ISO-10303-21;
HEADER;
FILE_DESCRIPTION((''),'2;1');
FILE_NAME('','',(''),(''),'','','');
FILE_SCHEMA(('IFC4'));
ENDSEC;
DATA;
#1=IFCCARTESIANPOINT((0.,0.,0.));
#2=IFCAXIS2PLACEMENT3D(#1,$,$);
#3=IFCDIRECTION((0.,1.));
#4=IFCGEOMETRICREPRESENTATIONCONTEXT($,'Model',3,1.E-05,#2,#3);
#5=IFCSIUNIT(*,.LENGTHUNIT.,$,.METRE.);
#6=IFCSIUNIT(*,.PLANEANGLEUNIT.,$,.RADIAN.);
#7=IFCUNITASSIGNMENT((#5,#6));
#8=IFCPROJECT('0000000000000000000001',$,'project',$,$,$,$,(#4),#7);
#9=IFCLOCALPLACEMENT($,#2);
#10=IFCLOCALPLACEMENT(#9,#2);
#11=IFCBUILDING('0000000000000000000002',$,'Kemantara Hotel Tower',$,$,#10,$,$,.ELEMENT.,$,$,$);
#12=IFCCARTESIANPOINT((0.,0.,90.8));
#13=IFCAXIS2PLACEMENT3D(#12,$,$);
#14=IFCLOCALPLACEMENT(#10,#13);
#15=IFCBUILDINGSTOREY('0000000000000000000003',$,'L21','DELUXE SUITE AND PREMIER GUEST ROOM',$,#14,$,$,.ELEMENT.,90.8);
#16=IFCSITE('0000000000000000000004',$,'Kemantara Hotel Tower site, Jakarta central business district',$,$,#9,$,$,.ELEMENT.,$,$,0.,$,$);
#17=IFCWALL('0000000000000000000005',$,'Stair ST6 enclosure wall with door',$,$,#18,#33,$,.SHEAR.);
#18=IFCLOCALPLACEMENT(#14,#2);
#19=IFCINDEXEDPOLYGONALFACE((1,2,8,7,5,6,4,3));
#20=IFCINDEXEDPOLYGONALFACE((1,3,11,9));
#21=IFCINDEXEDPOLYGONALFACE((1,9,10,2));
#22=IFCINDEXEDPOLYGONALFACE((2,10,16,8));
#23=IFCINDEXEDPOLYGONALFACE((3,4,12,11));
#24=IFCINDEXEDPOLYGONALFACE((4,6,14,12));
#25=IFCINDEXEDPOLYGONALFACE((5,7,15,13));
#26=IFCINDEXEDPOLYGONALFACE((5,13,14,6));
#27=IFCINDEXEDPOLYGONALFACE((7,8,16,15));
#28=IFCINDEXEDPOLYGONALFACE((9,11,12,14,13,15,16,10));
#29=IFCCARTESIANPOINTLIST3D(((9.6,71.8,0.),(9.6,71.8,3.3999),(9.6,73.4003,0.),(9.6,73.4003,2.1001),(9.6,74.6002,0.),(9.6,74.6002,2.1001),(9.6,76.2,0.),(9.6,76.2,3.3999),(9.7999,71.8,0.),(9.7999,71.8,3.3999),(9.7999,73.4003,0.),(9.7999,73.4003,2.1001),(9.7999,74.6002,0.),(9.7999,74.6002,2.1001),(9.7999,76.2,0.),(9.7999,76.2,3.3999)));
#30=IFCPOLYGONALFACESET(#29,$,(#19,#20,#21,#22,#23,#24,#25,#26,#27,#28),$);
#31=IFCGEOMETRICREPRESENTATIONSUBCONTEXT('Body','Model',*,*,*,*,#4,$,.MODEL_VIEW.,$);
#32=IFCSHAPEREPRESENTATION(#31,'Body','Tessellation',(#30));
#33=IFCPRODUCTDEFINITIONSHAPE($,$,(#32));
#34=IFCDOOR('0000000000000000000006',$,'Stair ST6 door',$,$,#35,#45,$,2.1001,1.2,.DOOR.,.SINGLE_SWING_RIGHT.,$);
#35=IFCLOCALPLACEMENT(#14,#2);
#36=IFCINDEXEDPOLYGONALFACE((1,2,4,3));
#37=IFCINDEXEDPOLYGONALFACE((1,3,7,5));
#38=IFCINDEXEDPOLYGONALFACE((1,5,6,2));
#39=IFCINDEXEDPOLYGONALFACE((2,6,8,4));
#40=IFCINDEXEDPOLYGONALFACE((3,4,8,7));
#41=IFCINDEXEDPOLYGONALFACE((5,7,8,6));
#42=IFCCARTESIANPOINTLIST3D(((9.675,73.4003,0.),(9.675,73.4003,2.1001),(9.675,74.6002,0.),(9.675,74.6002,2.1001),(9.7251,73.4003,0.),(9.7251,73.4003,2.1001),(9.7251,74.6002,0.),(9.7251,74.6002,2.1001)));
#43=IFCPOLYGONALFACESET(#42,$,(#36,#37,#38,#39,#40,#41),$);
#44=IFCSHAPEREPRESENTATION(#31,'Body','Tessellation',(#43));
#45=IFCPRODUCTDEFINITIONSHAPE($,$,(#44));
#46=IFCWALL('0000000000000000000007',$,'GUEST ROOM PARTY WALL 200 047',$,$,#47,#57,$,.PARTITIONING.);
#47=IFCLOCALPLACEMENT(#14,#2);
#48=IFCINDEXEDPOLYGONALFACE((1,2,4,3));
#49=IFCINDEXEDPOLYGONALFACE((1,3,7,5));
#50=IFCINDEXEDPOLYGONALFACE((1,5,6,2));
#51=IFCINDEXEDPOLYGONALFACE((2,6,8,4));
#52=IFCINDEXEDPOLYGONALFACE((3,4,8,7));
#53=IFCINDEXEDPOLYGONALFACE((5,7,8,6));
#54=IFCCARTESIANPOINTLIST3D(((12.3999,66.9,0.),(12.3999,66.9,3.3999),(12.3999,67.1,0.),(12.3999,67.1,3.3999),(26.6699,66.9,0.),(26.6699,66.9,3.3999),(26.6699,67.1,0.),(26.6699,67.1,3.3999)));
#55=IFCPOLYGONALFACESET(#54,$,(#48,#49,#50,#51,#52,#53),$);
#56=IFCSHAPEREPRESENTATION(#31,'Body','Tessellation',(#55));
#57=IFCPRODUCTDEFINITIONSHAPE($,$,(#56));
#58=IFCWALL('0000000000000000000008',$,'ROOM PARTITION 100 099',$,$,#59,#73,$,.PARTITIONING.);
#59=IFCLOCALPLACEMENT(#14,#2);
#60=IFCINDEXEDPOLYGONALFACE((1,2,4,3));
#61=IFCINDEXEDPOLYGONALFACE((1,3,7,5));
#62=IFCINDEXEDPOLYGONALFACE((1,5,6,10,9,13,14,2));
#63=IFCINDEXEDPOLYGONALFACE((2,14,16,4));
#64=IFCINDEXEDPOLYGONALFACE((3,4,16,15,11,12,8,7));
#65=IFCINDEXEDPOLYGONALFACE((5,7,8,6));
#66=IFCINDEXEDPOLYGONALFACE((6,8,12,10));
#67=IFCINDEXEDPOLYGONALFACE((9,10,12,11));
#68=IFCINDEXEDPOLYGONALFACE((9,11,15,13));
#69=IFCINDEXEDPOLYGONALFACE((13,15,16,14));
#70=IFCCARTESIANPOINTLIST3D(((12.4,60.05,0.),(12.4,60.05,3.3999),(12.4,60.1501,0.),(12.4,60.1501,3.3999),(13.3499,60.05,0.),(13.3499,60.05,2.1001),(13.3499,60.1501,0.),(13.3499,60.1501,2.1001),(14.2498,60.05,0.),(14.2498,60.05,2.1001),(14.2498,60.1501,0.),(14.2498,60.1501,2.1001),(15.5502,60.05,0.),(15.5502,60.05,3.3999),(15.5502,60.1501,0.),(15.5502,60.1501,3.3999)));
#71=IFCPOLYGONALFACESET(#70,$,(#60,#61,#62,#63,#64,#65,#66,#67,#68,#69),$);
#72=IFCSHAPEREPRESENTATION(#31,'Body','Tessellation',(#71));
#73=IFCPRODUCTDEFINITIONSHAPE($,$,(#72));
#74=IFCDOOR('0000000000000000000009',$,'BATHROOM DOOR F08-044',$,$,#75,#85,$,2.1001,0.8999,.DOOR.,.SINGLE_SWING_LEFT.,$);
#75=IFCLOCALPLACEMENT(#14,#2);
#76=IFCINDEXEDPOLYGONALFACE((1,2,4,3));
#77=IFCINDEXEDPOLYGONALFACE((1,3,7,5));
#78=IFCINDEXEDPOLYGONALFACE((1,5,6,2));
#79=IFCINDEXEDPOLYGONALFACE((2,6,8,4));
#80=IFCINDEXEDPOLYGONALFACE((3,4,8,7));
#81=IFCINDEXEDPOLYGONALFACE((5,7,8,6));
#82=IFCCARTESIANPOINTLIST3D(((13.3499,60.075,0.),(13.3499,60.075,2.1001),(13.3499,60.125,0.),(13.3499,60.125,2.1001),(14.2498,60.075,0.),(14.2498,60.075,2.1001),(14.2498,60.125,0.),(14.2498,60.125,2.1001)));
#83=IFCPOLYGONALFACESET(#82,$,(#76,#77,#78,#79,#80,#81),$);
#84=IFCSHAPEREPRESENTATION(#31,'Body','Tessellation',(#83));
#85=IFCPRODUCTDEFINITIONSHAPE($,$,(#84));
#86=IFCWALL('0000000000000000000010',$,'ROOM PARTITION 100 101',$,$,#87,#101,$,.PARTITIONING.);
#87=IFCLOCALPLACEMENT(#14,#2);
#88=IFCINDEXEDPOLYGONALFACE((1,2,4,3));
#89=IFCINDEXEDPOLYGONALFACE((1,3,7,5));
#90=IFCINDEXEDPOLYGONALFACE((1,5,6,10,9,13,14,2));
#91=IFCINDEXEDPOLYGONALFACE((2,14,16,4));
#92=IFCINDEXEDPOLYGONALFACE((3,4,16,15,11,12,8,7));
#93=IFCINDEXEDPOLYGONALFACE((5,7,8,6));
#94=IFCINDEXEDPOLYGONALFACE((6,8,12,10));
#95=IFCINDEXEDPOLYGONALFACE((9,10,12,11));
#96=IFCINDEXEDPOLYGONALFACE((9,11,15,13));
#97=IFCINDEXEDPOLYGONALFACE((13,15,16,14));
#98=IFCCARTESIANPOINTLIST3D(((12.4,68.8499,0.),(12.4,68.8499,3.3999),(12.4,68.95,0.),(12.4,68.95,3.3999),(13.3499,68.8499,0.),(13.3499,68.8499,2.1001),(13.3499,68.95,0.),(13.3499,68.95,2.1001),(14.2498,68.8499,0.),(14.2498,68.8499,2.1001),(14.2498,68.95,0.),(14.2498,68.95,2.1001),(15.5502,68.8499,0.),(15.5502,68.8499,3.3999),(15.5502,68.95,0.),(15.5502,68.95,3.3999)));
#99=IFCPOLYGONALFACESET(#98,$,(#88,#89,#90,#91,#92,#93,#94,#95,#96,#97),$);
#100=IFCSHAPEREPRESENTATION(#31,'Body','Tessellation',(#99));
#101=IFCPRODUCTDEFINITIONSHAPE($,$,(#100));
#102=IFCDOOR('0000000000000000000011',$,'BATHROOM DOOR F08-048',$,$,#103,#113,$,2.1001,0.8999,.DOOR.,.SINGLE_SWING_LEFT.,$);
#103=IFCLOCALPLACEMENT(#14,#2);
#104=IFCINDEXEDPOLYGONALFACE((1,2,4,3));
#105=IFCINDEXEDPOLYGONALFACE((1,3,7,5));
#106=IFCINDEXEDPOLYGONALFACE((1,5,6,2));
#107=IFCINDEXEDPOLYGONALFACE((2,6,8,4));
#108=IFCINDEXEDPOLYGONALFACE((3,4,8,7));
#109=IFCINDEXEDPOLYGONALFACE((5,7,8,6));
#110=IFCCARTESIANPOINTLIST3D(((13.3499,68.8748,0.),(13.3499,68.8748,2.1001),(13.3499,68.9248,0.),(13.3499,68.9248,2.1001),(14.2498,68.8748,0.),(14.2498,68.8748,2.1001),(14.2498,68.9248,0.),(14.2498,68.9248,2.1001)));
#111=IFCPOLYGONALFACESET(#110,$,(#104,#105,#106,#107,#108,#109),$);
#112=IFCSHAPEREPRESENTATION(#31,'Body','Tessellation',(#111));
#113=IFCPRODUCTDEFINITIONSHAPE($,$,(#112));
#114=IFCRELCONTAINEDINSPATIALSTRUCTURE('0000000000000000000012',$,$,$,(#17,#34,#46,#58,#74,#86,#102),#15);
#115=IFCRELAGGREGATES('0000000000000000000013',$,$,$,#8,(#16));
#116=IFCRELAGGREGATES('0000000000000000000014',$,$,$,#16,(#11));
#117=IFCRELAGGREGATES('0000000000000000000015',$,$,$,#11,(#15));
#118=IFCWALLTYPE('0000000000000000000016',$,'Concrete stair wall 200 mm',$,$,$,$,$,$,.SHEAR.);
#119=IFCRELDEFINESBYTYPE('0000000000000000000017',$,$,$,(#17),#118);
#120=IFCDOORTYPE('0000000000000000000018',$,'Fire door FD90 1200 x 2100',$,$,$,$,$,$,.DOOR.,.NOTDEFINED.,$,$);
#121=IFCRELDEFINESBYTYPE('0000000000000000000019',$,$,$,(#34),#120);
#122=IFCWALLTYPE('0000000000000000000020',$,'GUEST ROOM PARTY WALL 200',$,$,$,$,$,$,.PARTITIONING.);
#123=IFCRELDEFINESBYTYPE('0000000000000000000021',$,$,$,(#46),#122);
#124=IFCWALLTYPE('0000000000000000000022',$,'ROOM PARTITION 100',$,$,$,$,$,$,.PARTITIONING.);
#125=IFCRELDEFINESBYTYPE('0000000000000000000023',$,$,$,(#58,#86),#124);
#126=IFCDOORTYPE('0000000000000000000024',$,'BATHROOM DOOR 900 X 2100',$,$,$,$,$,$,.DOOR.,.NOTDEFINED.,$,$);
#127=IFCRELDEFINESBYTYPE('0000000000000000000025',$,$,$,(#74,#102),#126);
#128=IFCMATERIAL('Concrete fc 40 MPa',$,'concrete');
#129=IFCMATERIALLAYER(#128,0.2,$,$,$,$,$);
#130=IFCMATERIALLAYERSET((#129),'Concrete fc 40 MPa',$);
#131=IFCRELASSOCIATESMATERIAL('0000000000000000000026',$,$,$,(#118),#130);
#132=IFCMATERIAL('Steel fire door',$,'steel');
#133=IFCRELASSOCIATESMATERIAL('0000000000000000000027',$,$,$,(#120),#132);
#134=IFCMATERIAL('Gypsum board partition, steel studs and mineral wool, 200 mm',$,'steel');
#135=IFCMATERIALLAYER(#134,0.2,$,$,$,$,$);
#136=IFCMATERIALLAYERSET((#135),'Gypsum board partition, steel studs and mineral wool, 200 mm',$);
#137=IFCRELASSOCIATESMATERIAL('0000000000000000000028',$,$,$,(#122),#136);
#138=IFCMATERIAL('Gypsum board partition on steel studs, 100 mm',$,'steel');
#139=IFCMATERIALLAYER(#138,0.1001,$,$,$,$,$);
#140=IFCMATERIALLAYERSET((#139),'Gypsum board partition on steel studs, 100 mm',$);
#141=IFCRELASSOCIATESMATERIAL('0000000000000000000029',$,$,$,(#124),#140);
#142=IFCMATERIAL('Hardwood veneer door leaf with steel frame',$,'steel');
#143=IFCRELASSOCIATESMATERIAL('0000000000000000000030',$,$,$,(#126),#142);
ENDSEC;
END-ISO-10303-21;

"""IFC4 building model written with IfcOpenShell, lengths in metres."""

from ifc_helpers import new_model, si_unit, direction, frame, frame_2d, origin, place, context, subcontext, project, spatial, rectangle, extrude, material, layer, layer_set, type_object, element, fill, save


model = new_model("IFC4")

# Units and contexts
model_context = context("Model", 3, precision=1e-05, world=origin(), true_north=direction((0.0, 1.0)))
body_context = subcontext(model_context, "Body", "Model", "MODEL_VIEW")
ifc_project = project(units=[si_unit("LENGTHUNIT", "METRE"), si_unit("PLANEANGLEUNIT", "RADIAN")], contexts=[model_context])

# Site, building, storey
site_placement = place(None, origin())
site = spatial("IfcSite", under=ifc_project, at=site_placement, Name="Kemantara Hotel Tower site, Jakarta central business district", CompositionType="ELEMENT", RefElevation=0.0)
building_placement = place(site_placement, origin())
building = spatial("IfcBuilding", under=site, at=building_placement, Name="Kemantara Hotel Tower", CompositionType="ELEMENT")
storey_placement = place(building_placement, frame((0.0, 0.0, 90.8)))
storey = spatial("IfcBuildingStorey", under=building, at=storey_placement, Name="L21", Description="DELUXE SUITE AND PREMIER GUEST ROOM", CompositionType="ELEMENT", Elevation=90.8)

# Shared definitions
ifc_material_1 = material(Name="Gypsum board partition, steel studs and mineral wool, 200 mm", Category="steel")
ifc_material_2 = material(Name="Hardwood veneer door leaf with steel frame", Category="steel")

# Wall, opening, door
ifc_material_3 = material(Name="Concrete fc 40 MPa", Category="concrete")
ifc_layer_1 = layer(ifc_material_3, 0.2)
ifc_layer_set_1 = layer_set([ifc_layer_1], Name="Concrete fc 40 MPa")
wall_type_1 = type_object("IfcWallType", Name="Concrete stair wall 200 mm", PredefinedType="SHEAR", material=ifc_layer_set_1)
wall_1_placement = place(storey_placement, frame((9.7, 71.8, 0.0), z_axis=(0.0, 0.0, 1.0), x_axis=(0.0, 1.0, 0.0)))
wall_1 = element("IfcWall", 1, at=wall_1_placement, inside=storey, type_object=wall_type_1, Name="Stair ST6 enclosure wall with door", PredefinedType="SHEAR", context=body_context, shape_type="SweptSolid", body=[
    extrude(rectangle(XDim=4.3999, YDim=0.2, at=frame_2d((2.2, 0.0))), origin(), (0.0, 0.0, 1.0), 3.3999),
])
opening_1_placement = place(wall_1_placement, frame((1.6001, 0.0, 0.0)))
opening_1 = element("IfcOpeningElement", 2, at=opening_1_placement, cuts=wall_1, PredefinedType="OPENING", context=body_context, shape_type="SweptSolid", body=[
    extrude(rectangle(XDim=1.2, YDim=2.1001, at=frame_2d((0.6001, 1.05))), frame((0.0, 0.1099, 0.0), z_axis=(0.0, -1.0, 0.0), x_axis=(1.0, 0.0, 0.0)), (0.0, 0.0, 1.0), 0.22),
])
ifc_material_4 = material(Name="Steel fire door", Category="steel")
door_type_1 = type_object("IfcDoorType", Name="Fire door FD90 1200 x 2100", OperationType="NOTDEFINED", PredefinedType="DOOR", material=ifc_material_4)
door_1_placement = place(opening_1_placement, origin())
door_1 = element("IfcDoor", 3, at=door_1_placement, inside=storey, type_object=door_type_1, Name="Stair ST6 door", OperationType="SINGLE_SWING_RIGHT", OverallHeight=2.1001, OverallWidth=1.2, PredefinedType="DOOR", context=body_context, shape_type="SweptSolid", body=[
    extrude(rectangle(XDim=1.2, YDim=2.1001, at=frame_2d((0.6001, 1.05))), frame((0.0, 0.0249, 0.0), z_axis=(0.0, -1.0, 0.0), x_axis=(1.0, 0.0, 0.0)), (0.0, 0.0, 1.0), 0.05),
])
fill(opening_1, door_1)

# Wall
ifc_layer_2 = layer(ifc_material_1, 0.2)
ifc_layer_set_2 = layer_set([ifc_layer_2], Name="Gypsum board partition, steel studs and mineral wool, 200 mm")
wall_type_2 = type_object("IfcWallType", Name="GUEST ROOM PARTY WALL 200", PredefinedType="PARTITIONING", material=ifc_layer_set_2)
wall_2_placement = place(storey_placement, frame((12.3999, 67.0, 0.0), z_axis=(0.0, 0.0, 1.0), x_axis=(1.0, 0.0, 0.0)))
element("IfcWall", 4, at=wall_2_placement, inside=storey, type_object=wall_type_2, Name="GUEST ROOM PARTY WALL 200 047", PredefinedType="PARTITIONING", context=body_context, shape_type="SweptSolid", body=[
    extrude(rectangle(XDim=14.27, YDim=0.2, at=frame_2d((7.135, 0.0))), origin(), (0.0, 0.0, 1.0), 3.3999),
])

# Walls, openings, doors
ifc_material_5 = material(Name="Gypsum board partition on steel studs, 100 mm", Category="steel")
ifc_layer_3 = layer(ifc_material_5, 0.1001)
ifc_layer_set_3 = layer_set([ifc_layer_3], Name="Gypsum board partition on steel studs, 100 mm")
wall_type_3 = type_object("IfcWallType", Name="ROOM PARTITION 100", PredefinedType="PARTITIONING", material=ifc_layer_set_3)
wall_3_placement = place(storey_placement, frame((12.3999, 60.1001, 0.0), z_axis=(0.0, 0.0, 1.0), x_axis=(1.0, 0.0, 0.0)))
wall_3 = element("IfcWall", 5, at=wall_3_placement, inside=storey, type_object=wall_type_3, Name="ROOM PARTITION 100 099", PredefinedType="PARTITIONING", context=body_context, shape_type="SweptSolid", body=[
    extrude(rectangle(XDim=3.1501, YDim=0.1001, at=frame_2d((1.5752, 0.0))), origin(), (0.0, 0.0, 1.0), 3.3999),
])
opening_2_placement = place(wall_3_placement, frame((0.95, 0.0, 0.0)))
opening_2 = element("IfcOpeningElement", 6, at=opening_2_placement, cuts=wall_3, PredefinedType="OPENING", context=body_context, shape_type="SweptSolid", body=[
    extrude(rectangle(XDim=0.8999, YDim=2.1001, at=frame_2d((0.45, 1.05))), frame((0.0, 0.0601, 0.0), z_axis=(0.0, -1.0, 0.0), x_axis=(1.0, 0.0, 0.0)), (0.0, 0.0, 1.0), 0.1201),
])
door_type_2 = type_object("IfcDoorType", Name="BATHROOM DOOR 900 X 2100", OperationType="NOTDEFINED", PredefinedType="DOOR", material=ifc_material_2)
door_2_placement = place(opening_2_placement, origin())
door_2 = element("IfcDoor", 7, at=door_2_placement, inside=storey, type_object=door_type_2, Name="BATHROOM DOOR F08-044", OperationType="SINGLE_SWING_LEFT", OverallHeight=2.1001, OverallWidth=0.8999, PredefinedType="DOOR", context=body_context, shape_type="SweptSolid", body=[
    extrude(rectangle(XDim=0.8999, YDim=2.1001, at=frame_2d((0.45, 1.05))), frame((0.0, 0.0249, 0.0), z_axis=(0.0, -1.0, 0.0), x_axis=(1.0, 0.0, 0.0)), (0.0, 0.0, 1.0), 0.05),
])
fill(opening_2, door_2)
wall_4_placement = place(storey_placement, frame((12.3999, 68.8999, 0.0), z_axis=(0.0, 0.0, 1.0), x_axis=(1.0, 0.0, 0.0)))
wall_4 = element("IfcWall", 8, at=wall_4_placement, inside=storey, type_object=wall_type_3, Name="ROOM PARTITION 100 101", PredefinedType="PARTITIONING", context=body_context, shape_type="SweptSolid", body=[
    extrude(rectangle(XDim=3.1501, YDim=0.1001, at=frame_2d((1.5752, 0.0))), origin(), (0.0, 0.0, 1.0), 3.3999),
])
opening_3_placement = place(wall_4_placement, frame((0.95, 0.0, 0.0)))
opening_3 = element("IfcOpeningElement", 9, at=opening_3_placement, cuts=wall_4, PredefinedType="OPENING", context=body_context, shape_type="SweptSolid", body=[
    extrude(rectangle(XDim=0.8999, YDim=2.1001, at=frame_2d((0.45, 1.05))), frame((0.0, 0.0601, 0.0), z_axis=(0.0, -1.0, 0.0), x_axis=(1.0, 0.0, 0.0)), (0.0, 0.0, 1.0), 0.1201),
])
door_3_placement = place(opening_3_placement, origin())
door_3 = element("IfcDoor", 10, at=door_3_placement, inside=storey, type_object=door_type_2, Name="BATHROOM DOOR F08-048", OperationType="SINGLE_SWING_LEFT", OverallHeight=2.1001, OverallWidth=0.8999, PredefinedType="DOOR", context=body_context, shape_type="SweptSolid", body=[
    extrude(rectangle(XDim=0.8999, YDim=2.1001, at=frame_2d((0.45, 1.05))), frame((0.0, 0.0249, 0.0), z_axis=(0.0, -1.0, 0.0), x_axis=(1.0, 0.0, 0.0)), (0.0, 0.0, 1.0), 0.05),
])
fill(opening_3, door_3)

save(model, "model.ifc")
